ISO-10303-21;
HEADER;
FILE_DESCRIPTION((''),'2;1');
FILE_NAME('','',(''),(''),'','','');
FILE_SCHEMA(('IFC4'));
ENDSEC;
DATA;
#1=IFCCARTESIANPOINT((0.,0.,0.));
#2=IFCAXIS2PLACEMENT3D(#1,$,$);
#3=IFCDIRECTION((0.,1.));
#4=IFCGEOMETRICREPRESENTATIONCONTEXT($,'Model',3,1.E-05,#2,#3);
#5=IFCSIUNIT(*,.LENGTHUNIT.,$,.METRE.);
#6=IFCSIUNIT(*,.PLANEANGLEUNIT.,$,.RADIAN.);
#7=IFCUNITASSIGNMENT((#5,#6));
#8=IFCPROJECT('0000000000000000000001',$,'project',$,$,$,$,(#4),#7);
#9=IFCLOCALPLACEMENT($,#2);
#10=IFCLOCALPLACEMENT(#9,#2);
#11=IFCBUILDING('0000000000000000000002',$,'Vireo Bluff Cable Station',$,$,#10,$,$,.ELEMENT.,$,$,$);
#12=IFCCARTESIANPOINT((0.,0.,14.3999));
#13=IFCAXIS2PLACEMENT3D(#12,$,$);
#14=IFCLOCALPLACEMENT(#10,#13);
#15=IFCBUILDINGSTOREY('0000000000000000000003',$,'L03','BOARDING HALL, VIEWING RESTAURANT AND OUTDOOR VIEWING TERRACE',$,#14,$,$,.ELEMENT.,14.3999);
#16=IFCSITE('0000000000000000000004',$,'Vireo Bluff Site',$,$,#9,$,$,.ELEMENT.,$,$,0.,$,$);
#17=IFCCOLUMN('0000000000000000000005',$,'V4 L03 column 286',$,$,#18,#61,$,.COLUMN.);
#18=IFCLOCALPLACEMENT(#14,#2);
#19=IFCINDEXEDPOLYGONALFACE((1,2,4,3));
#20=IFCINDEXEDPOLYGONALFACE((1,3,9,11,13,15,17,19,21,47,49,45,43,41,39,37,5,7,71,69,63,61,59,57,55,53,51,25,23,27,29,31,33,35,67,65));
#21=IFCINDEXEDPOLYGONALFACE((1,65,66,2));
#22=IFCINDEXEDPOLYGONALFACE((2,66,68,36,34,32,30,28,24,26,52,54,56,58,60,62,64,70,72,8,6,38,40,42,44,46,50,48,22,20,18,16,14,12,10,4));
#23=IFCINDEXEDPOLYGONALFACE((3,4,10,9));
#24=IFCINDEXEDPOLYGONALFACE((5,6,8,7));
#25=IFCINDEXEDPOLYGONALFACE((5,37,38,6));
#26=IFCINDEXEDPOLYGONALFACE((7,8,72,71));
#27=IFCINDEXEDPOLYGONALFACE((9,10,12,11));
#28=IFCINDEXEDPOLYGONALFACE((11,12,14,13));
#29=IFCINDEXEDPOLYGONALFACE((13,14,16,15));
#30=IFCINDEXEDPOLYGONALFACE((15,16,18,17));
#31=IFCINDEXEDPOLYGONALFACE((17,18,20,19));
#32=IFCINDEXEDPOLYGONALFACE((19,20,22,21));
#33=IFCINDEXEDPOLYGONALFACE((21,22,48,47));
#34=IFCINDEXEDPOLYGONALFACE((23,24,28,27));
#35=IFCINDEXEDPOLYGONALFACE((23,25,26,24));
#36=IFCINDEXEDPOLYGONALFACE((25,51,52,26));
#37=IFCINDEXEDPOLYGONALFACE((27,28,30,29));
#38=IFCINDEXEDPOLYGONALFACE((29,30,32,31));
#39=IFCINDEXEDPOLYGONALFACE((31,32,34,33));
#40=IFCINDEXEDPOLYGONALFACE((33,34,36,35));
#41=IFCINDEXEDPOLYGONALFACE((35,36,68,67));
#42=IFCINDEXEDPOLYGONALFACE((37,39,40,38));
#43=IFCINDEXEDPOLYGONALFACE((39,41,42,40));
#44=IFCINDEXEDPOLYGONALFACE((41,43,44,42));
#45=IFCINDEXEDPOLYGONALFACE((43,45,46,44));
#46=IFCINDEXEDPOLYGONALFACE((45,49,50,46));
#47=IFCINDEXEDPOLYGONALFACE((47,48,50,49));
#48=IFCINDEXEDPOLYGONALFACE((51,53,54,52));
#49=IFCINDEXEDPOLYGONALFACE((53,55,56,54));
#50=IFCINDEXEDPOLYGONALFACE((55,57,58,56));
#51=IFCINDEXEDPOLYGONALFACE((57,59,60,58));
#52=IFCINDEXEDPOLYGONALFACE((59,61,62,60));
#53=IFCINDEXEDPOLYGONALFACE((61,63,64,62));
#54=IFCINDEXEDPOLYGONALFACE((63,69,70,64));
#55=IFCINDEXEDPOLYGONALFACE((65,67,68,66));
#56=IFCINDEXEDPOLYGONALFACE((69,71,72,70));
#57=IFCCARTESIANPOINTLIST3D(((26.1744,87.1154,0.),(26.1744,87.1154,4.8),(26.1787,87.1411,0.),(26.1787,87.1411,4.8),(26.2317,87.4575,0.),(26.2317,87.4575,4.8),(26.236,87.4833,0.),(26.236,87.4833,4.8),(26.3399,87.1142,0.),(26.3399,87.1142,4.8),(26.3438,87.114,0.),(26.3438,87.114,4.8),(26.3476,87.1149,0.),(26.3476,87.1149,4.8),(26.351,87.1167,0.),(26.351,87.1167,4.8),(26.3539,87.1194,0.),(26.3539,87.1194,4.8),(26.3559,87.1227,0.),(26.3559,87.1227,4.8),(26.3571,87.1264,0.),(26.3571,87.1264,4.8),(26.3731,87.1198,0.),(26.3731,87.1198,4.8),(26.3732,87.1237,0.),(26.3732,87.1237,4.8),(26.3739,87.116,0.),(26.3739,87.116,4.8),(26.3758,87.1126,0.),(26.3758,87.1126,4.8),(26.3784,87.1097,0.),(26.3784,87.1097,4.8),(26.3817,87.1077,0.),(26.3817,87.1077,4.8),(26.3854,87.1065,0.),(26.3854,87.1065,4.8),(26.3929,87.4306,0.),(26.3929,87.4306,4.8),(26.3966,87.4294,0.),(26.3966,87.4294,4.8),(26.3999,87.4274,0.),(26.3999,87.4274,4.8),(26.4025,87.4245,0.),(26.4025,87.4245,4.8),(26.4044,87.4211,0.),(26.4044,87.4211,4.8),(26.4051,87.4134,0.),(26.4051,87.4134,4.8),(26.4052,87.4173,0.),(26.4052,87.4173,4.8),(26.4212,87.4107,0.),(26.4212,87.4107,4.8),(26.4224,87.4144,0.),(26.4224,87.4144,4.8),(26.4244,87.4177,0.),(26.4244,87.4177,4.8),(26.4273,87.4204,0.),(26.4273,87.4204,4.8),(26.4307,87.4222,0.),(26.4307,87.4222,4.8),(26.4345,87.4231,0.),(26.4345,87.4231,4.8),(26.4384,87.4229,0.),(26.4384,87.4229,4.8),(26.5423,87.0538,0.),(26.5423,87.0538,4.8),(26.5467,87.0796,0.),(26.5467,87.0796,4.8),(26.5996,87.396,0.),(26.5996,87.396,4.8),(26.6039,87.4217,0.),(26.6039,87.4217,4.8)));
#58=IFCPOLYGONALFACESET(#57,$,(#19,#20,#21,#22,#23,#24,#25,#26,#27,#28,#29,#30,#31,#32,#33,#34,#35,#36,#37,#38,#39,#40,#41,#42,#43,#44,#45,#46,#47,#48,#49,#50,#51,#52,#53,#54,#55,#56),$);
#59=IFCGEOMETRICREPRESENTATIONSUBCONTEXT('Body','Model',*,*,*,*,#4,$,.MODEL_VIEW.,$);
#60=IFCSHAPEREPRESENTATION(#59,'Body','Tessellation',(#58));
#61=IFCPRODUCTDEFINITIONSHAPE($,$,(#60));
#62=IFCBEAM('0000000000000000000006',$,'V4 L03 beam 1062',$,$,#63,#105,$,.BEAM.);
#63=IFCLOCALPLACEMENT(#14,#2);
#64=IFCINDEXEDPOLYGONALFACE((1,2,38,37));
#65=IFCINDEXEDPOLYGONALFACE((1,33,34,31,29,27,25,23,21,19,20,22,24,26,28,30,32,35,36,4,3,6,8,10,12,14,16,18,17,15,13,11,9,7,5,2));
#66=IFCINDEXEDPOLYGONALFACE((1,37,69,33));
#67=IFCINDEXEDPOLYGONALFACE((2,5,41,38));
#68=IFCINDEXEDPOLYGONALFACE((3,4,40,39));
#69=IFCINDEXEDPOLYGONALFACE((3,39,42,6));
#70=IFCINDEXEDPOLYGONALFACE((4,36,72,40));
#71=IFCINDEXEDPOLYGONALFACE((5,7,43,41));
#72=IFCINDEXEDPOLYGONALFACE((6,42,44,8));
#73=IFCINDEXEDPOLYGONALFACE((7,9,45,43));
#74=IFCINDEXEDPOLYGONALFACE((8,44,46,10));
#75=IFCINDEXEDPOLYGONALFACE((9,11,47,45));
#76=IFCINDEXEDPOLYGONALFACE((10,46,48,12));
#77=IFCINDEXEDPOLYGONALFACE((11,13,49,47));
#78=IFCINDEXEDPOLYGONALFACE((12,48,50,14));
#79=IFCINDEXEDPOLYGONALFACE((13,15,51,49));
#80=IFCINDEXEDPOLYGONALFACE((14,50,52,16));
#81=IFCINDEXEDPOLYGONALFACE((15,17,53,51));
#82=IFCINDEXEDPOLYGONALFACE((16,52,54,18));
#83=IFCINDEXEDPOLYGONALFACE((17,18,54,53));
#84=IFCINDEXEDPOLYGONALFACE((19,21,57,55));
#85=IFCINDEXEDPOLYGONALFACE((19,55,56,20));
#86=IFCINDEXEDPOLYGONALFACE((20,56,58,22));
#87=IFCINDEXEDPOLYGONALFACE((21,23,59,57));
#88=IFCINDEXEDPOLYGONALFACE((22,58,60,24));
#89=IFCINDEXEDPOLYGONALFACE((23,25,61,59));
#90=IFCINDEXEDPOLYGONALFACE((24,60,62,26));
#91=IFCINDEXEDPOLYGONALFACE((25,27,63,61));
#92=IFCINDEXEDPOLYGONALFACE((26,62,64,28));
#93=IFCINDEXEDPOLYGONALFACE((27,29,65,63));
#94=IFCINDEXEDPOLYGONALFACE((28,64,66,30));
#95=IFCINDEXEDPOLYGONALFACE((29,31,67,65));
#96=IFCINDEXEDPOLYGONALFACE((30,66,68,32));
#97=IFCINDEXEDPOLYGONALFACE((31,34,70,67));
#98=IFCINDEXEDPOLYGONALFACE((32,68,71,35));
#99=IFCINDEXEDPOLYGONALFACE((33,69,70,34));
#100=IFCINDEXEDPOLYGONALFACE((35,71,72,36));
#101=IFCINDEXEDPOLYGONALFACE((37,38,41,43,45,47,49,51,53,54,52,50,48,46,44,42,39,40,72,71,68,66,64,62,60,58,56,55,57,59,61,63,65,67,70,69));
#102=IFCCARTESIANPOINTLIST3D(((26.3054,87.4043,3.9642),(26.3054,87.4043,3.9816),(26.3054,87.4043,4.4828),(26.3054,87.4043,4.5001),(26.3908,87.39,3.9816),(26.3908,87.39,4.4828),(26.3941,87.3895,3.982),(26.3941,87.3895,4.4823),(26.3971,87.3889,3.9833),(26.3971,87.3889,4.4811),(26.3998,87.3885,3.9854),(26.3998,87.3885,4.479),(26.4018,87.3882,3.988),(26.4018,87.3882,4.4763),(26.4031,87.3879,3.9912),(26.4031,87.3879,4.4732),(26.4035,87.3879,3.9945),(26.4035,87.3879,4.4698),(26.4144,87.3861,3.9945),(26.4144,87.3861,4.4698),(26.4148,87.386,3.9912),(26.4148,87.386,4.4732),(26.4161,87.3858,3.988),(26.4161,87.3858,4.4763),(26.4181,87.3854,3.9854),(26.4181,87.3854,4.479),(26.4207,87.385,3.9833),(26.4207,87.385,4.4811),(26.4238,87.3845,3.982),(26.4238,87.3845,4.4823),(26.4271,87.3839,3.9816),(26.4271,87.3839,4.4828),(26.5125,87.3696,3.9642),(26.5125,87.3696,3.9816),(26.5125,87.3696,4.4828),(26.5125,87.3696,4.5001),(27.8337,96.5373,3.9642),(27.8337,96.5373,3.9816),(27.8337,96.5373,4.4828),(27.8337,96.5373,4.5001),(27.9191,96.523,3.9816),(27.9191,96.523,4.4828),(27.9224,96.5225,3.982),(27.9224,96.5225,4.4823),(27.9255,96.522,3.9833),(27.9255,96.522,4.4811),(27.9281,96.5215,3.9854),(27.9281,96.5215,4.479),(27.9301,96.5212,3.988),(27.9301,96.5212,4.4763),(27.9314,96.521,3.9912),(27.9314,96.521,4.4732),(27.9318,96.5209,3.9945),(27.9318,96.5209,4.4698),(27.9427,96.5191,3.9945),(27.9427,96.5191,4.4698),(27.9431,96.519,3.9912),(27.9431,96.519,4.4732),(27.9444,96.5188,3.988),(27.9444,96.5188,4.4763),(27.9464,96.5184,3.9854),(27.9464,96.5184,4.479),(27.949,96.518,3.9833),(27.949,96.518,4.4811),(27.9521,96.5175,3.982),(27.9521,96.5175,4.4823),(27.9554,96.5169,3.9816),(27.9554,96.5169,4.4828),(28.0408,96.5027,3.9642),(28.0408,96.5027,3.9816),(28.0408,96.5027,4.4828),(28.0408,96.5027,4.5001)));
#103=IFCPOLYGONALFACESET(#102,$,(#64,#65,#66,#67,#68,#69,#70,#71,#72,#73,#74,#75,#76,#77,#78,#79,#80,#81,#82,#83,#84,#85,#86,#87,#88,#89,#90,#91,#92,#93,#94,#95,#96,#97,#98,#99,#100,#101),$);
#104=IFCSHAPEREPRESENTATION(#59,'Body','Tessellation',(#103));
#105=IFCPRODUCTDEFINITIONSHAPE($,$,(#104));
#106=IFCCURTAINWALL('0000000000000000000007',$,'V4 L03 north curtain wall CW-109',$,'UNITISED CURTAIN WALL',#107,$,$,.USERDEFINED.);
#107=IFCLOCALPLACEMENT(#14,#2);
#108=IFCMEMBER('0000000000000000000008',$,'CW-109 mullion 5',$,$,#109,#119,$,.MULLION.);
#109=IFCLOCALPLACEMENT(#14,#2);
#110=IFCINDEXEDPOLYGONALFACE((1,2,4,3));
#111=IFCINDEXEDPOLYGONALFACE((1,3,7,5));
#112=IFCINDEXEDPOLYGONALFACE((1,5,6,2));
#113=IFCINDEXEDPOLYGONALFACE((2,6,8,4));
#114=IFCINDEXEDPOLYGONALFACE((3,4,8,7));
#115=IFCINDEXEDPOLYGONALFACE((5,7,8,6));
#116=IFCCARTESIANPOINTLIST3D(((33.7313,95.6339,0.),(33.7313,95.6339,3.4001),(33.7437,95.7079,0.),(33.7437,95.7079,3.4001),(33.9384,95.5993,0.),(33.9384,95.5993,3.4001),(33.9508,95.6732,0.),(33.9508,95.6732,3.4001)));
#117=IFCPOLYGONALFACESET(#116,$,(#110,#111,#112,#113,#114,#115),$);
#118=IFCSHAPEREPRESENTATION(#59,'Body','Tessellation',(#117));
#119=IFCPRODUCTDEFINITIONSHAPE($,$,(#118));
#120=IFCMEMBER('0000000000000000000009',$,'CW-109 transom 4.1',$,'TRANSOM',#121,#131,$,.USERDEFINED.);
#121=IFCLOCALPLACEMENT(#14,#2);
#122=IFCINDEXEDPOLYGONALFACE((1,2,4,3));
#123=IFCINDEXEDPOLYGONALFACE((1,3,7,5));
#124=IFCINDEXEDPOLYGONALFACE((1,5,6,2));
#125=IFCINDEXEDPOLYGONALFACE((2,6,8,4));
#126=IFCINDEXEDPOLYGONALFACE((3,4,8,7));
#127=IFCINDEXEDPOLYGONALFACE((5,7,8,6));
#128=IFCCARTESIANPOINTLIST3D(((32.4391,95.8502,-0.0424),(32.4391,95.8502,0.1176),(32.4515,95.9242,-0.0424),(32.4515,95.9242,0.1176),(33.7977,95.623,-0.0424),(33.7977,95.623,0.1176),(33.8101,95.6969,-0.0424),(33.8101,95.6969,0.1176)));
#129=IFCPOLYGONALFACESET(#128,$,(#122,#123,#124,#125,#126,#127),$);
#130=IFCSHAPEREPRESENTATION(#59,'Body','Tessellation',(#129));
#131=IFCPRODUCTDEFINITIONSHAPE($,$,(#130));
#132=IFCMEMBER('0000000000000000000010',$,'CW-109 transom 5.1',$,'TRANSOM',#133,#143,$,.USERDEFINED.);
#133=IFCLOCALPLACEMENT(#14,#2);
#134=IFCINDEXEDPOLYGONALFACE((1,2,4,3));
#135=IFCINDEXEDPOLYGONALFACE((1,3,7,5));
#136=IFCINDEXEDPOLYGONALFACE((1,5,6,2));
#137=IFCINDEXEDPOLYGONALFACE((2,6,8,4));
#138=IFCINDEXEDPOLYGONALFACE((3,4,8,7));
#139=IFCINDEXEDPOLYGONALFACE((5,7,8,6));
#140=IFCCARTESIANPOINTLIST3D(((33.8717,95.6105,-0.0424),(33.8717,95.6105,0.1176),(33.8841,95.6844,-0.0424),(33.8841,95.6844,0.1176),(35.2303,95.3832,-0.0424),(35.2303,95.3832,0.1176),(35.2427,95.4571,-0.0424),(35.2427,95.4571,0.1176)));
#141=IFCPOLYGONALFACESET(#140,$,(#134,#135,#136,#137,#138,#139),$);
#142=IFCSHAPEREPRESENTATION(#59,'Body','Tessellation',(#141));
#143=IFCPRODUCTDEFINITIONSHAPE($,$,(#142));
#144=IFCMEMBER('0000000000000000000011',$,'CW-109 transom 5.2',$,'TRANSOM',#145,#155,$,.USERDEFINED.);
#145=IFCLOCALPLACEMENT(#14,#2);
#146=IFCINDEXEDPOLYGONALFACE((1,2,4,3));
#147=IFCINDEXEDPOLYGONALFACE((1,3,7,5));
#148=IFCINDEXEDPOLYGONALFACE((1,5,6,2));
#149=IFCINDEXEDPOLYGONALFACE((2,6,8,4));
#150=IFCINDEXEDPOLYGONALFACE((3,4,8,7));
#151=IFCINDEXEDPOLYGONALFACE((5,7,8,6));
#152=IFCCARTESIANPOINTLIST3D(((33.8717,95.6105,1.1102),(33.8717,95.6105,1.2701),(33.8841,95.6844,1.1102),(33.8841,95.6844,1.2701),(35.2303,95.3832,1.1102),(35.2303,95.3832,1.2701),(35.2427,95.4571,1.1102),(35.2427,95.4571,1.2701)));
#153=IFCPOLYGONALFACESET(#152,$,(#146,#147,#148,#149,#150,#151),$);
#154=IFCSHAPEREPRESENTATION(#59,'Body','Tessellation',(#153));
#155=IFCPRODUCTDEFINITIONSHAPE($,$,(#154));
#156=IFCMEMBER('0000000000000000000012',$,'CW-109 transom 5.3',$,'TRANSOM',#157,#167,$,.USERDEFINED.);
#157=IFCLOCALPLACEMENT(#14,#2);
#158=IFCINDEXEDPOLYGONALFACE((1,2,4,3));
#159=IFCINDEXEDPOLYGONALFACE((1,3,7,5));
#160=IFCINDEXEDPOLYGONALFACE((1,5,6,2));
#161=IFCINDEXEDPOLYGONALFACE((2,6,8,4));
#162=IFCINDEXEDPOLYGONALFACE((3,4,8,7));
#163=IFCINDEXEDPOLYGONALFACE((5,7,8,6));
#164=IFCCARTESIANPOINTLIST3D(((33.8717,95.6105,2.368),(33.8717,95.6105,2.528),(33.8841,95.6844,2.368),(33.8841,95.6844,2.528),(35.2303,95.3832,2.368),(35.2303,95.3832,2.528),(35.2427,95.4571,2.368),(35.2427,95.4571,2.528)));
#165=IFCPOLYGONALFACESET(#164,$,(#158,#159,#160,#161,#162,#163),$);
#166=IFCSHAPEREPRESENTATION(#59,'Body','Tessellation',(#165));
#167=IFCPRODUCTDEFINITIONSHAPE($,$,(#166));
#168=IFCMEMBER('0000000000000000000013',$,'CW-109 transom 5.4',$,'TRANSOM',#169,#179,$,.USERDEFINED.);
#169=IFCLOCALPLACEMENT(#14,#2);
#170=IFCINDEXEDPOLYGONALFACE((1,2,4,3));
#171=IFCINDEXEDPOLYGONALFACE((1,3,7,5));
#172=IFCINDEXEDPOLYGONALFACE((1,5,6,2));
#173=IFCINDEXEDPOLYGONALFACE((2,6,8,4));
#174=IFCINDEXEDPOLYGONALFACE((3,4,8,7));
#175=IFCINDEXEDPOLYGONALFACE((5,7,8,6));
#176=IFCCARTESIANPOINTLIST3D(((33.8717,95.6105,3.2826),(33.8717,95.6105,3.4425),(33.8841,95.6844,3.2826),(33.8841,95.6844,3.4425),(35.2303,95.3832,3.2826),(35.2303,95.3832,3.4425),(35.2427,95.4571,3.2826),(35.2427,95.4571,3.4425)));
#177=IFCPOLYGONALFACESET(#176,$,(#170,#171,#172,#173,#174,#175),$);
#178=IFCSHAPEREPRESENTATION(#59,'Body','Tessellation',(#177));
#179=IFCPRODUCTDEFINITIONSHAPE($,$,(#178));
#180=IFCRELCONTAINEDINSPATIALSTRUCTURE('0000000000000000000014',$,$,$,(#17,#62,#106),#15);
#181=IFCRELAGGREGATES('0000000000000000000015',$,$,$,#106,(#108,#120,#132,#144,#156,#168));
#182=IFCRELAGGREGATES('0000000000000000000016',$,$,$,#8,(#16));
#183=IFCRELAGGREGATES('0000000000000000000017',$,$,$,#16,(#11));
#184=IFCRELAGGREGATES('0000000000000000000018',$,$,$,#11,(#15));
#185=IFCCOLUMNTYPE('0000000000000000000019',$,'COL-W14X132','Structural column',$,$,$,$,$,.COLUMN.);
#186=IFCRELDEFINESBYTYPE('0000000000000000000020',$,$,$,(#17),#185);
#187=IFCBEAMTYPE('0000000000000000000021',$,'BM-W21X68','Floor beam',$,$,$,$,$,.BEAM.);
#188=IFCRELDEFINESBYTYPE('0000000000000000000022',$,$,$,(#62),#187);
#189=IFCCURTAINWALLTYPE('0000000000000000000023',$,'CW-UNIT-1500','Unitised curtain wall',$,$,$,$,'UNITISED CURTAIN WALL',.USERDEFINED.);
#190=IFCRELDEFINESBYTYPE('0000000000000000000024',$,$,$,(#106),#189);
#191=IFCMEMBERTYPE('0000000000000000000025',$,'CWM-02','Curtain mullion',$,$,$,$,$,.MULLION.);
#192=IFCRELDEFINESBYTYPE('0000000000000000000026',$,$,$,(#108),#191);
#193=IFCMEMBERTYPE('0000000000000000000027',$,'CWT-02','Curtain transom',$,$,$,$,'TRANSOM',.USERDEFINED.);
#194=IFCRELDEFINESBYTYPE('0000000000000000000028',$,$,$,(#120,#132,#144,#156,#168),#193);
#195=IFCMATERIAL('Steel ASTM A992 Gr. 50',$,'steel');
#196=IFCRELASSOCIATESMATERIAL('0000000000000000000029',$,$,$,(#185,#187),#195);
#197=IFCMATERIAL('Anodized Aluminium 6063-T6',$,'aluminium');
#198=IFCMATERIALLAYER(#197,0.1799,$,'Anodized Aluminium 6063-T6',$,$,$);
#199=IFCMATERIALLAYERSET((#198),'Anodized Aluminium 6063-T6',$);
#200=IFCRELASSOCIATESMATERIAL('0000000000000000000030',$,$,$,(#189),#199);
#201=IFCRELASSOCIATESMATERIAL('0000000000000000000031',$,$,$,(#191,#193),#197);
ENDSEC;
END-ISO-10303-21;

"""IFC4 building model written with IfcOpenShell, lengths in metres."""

from ifc_helpers import new_model, si_unit, direction, frame, origin, origin_2d, place, context, subcontext, project, spatial, rectangle, i_section, extrude, material, layer, layer_set, material_profile, profile_set, type_object, element, aggregate, save


model = new_model("IFC4")

# Units and contexts
model_context = context("Model", 3, precision=1e-05, world=origin(), true_north=direction((0.0, 1.0)))
body_context = subcontext(model_context, "Body", "Model", "MODEL_VIEW")
ifc_project = project(units=[si_unit("LENGTHUNIT", "METRE"), si_unit("PLANEANGLEUNIT", "RADIAN")], contexts=[model_context])

# Site, building, storey
site_placement = place(None, origin())
site = spatial("IfcSite", under=ifc_project, at=site_placement, Name="Vireo Bluff Site", CompositionType="ELEMENT", RefElevation=0.0)
building_placement = place(site_placement, origin())
building = spatial("IfcBuilding", under=site, at=building_placement, Name="Vireo Bluff Cable Station", CompositionType="ELEMENT")
storey_placement = place(building_placement, frame((0.0, 0.0, 14.3999)))
storey = spatial("IfcBuildingStorey", under=building, at=storey_placement, Name="L03", Description="BOARDING HALL, VIEWING RESTAURANT AND OUTDOOR VIEWING TERRACE", CompositionType="ELEMENT", Elevation=14.3999)

# Column
ifc_material_1 = material(Name="Steel ASTM A992 Gr. 50", Category="steel")
ifc_material_profile_1 = material_profile(ifc_material_1, i_section(OverallWidth=0.373, OverallDepth=0.373, WebThickness=0.0164, FlangeThickness=0.0261, FilletRadius=0.0149, at=origin_2d()), Name="W14X132")
ifc_profile_set_1 = profile_set([ifc_material_profile_1], Name="Steel ASTM A992 Gr. 50")
column_type = type_object("IfcColumnType", Name="COL-W14X132", Description="Structural column", PredefinedType="COLUMN", material=ifc_profile_set_1)
column_placement = place(storey_placement, frame((26.3892, 87.2686, 0.0), z_axis=(0.0, 0.0, 1.0), x_axis=(0.986286, -0.165048, 0.0)))
element("IfcColumn", 1, at=column_placement, inside=storey, type_object=column_type, Name="V4 L03 column 286", PredefinedType="COLUMN", context=body_context, shape_type="SweptSolid", body=[
    extrude(i_section(OverallWidth=0.373, OverallDepth=0.373, WebThickness=0.0164, FlangeThickness=0.0261, FilletRadius=0.0149, at=origin_2d()), origin(), (0.0, 0.0, 1.0), 4.8),
])

# Beam
ifc_material_profile_2 = material_profile(ifc_material_1, i_section(OverallWidth=0.21, OverallDepth=0.5359, WebThickness=0.011, FlangeThickness=0.0173, FilletRadius=0.0129, at=origin_2d()), Name="W21X68")
ifc_profile_set_2 = profile_set([ifc_material_profile_2], Name="Steel ASTM A992 Gr. 50")
beam_type_1 = type_object("IfcBeamType", Name="BM-W21X68", Description="Floor beam", PredefinedType="BEAM", material=ifc_profile_set_2)
beam_1_placement = place(storey_placement, frame((26.4089, 87.387, 4.2322), z_axis=(0.165045, 0.986286, 0.0), x_axis=(-0.986286, 0.165045, 0.0)))
element("IfcBeam", 2, at=beam_1_placement, inside=storey, type_object=beam_type_1, Name="V4 L03 beam 1062", PredefinedType="BEAM", context=body_context, shape_type="SweptSolid", body=[
    extrude(i_section(OverallWidth=0.21, OverallDepth=0.5359, WebThickness=0.011, FlangeThickness=0.0173, FilletRadius=0.0129, at=origin_2d()), origin(), (0.0, 0.0, 1.0), 9.26),
])

# Curtain wall, members
ifc_material_2 = material(Name="Anodized Aluminium 6063-T6", Category="aluminium")
ifc_layer_1 = layer(ifc_material_2, 0.1799, Name="Anodized Aluminium 6063-T6")
ifc_layer_set_1 = layer_set([ifc_layer_1], Name="Anodized Aluminium 6063-T6")
curtain_wall_type_1 = type_object("IfcCurtainWallType", Name="CW-UNIT-1500", Description="Unitised curtain wall", ElementType="UNITISED CURTAIN WALL", PredefinedType="USERDEFINED", material=ifc_layer_set_1)
curtain_wall_1_placement = place(storey_placement, origin())
curtain_wall_1 = element("IfcCurtainWall", 3, at=curtain_wall_1_placement, inside=storey, type_object=curtain_wall_type_1, Name="V4 L03 north curtain wall CW-109", ObjectType="UNITISED CURTAIN WALL", PredefinedType="USERDEFINED")
ifc_material_profile_3 = material_profile(ifc_material_2, rectangle(XDim=0.075, YDim=0.21, at=origin_2d()), Name="ALU-M-75X210")
ifc_profile_set_3 = profile_set([ifc_material_profile_3], Name="Anodized Aluminium 6063-T6")
member_type_1 = type_object("IfcMemberType", Name="CWM-02", Description="Curtain mullion", PredefinedType="MULLION", material=ifc_profile_set_3)
member_1_placement = place(storey_placement, frame((33.8411, 95.6536, 0.0), z_axis=(0.0, 0.0, 1.0), x_axis=(0.165048, 0.986286, 0.0)))
member_1 = element("IfcMember", 4, at=member_1_placement, type_object=member_type_1, Name="CW-109 mullion 5", PredefinedType="MULLION", context=body_context, shape_type="SweptSolid", body=[
    extrude(rectangle(XDim=0.075, YDim=0.21, at=origin_2d()), origin(), (0.0, 0.0, 1.0), 3.4001),
])
ifc_material_profile_4 = material_profile(ifc_material_2, rectangle(XDim=0.075, YDim=0.1599, at=origin_2d()), Name="ALU-T-75X160")
ifc_profile_set_4 = profile_set([ifc_material_profile_4], Name="Anodized Aluminium 6063-T6")
member_type_2 = type_object("IfcMemberType", Name="CWT-02", Description="Curtain transom", ElementType="TRANSOM", PredefinedType="USERDEFINED", material=ifc_profile_set_4)
member_2_placement = place(storey_placement, frame((32.4453, 95.8872, 0.0376), z_axis=(0.986293, -0.165003, 0.0), x_axis=(0.165003, 0.986293, 0.0)))
member_2 = element("IfcMember", 5, at=member_2_placement, type_object=member_type_2, Name="CW-109 transom 4.1", ObjectType="TRANSOM", PredefinedType="USERDEFINED", context=body_context, shape_type="SweptSolid", body=[
    extrude(rectangle(XDim=0.075, YDim=0.1599, at=origin_2d()), origin(), (0.0, 0.0, 1.0), 1.3774),
])
member_3_placement = place(storey_placement, frame((33.8779, 95.6475, 0.0376), z_axis=(0.986293, -0.165003, 0.0), x_axis=(0.165003, 0.986293, 0.0)))
member_3 = element("IfcMember", 6, at=member_3_placement, type_object=member_type_2, Name="CW-109 transom 5.1", ObjectType="TRANSOM", PredefinedType="USERDEFINED", context=body_context, shape_type="SweptSolid", body=[
    extrude(rectangle(XDim=0.075, YDim=0.1599, at=origin_2d()), origin(), (0.0, 0.0, 1.0), 1.3774),
])
member_4_placement = place(storey_placement, frame((33.8779, 95.6475, 1.1902), z_axis=(0.986293, -0.165003, 0.0), x_axis=(0.165003, 0.986293, 0.0)))
member_4 = element("IfcMember", 7, at=member_4_placement, type_object=member_type_2, Name="CW-109 transom 5.2", ObjectType="TRANSOM", PredefinedType="USERDEFINED", context=body_context, shape_type="SweptSolid", body=[
    extrude(rectangle(XDim=0.075, YDim=0.1599, at=origin_2d()), origin(), (0.0, 0.0, 1.0), 1.3774),
])
member_5_placement = place(storey_placement, frame((33.8779, 95.6475, 2.448), z_axis=(0.986293, -0.165003, 0.0), x_axis=(0.165003, 0.986293, 0.0)))
member_5 = element("IfcMember", 8, at=member_5_placement, type_object=member_type_2, Name="CW-109 transom 5.3", ObjectType="TRANSOM", PredefinedType="USERDEFINED", context=body_context, shape_type="SweptSolid", body=[
    extrude(rectangle(XDim=0.075, YDim=0.1599, at=origin_2d()), origin(), (0.0, 0.0, 1.0), 1.3774),
])
member_6_placement = place(storey_placement, frame((33.8779, 95.6475, 3.3625), z_axis=(0.986293, -0.165003, 0.0), x_axis=(0.165003, 0.986293, 0.0)))
member_6 = element("IfcMember", 9, at=member_6_placement, type_object=member_type_2, Name="CW-109 transom 5.4", ObjectType="TRANSOM", PredefinedType="USERDEFINED", context=body_context, shape_type="SweptSolid", body=[
    extrude(rectangle(XDim=0.075, YDim=0.1599, at=origin_2d()), origin(), (0.0, 0.0, 1.0), 1.3774),
])

aggregate(curtain_wall_1, [member_1, member_2, member_3, member_4, member_5, member_6])

save(model, "model.ifc")
